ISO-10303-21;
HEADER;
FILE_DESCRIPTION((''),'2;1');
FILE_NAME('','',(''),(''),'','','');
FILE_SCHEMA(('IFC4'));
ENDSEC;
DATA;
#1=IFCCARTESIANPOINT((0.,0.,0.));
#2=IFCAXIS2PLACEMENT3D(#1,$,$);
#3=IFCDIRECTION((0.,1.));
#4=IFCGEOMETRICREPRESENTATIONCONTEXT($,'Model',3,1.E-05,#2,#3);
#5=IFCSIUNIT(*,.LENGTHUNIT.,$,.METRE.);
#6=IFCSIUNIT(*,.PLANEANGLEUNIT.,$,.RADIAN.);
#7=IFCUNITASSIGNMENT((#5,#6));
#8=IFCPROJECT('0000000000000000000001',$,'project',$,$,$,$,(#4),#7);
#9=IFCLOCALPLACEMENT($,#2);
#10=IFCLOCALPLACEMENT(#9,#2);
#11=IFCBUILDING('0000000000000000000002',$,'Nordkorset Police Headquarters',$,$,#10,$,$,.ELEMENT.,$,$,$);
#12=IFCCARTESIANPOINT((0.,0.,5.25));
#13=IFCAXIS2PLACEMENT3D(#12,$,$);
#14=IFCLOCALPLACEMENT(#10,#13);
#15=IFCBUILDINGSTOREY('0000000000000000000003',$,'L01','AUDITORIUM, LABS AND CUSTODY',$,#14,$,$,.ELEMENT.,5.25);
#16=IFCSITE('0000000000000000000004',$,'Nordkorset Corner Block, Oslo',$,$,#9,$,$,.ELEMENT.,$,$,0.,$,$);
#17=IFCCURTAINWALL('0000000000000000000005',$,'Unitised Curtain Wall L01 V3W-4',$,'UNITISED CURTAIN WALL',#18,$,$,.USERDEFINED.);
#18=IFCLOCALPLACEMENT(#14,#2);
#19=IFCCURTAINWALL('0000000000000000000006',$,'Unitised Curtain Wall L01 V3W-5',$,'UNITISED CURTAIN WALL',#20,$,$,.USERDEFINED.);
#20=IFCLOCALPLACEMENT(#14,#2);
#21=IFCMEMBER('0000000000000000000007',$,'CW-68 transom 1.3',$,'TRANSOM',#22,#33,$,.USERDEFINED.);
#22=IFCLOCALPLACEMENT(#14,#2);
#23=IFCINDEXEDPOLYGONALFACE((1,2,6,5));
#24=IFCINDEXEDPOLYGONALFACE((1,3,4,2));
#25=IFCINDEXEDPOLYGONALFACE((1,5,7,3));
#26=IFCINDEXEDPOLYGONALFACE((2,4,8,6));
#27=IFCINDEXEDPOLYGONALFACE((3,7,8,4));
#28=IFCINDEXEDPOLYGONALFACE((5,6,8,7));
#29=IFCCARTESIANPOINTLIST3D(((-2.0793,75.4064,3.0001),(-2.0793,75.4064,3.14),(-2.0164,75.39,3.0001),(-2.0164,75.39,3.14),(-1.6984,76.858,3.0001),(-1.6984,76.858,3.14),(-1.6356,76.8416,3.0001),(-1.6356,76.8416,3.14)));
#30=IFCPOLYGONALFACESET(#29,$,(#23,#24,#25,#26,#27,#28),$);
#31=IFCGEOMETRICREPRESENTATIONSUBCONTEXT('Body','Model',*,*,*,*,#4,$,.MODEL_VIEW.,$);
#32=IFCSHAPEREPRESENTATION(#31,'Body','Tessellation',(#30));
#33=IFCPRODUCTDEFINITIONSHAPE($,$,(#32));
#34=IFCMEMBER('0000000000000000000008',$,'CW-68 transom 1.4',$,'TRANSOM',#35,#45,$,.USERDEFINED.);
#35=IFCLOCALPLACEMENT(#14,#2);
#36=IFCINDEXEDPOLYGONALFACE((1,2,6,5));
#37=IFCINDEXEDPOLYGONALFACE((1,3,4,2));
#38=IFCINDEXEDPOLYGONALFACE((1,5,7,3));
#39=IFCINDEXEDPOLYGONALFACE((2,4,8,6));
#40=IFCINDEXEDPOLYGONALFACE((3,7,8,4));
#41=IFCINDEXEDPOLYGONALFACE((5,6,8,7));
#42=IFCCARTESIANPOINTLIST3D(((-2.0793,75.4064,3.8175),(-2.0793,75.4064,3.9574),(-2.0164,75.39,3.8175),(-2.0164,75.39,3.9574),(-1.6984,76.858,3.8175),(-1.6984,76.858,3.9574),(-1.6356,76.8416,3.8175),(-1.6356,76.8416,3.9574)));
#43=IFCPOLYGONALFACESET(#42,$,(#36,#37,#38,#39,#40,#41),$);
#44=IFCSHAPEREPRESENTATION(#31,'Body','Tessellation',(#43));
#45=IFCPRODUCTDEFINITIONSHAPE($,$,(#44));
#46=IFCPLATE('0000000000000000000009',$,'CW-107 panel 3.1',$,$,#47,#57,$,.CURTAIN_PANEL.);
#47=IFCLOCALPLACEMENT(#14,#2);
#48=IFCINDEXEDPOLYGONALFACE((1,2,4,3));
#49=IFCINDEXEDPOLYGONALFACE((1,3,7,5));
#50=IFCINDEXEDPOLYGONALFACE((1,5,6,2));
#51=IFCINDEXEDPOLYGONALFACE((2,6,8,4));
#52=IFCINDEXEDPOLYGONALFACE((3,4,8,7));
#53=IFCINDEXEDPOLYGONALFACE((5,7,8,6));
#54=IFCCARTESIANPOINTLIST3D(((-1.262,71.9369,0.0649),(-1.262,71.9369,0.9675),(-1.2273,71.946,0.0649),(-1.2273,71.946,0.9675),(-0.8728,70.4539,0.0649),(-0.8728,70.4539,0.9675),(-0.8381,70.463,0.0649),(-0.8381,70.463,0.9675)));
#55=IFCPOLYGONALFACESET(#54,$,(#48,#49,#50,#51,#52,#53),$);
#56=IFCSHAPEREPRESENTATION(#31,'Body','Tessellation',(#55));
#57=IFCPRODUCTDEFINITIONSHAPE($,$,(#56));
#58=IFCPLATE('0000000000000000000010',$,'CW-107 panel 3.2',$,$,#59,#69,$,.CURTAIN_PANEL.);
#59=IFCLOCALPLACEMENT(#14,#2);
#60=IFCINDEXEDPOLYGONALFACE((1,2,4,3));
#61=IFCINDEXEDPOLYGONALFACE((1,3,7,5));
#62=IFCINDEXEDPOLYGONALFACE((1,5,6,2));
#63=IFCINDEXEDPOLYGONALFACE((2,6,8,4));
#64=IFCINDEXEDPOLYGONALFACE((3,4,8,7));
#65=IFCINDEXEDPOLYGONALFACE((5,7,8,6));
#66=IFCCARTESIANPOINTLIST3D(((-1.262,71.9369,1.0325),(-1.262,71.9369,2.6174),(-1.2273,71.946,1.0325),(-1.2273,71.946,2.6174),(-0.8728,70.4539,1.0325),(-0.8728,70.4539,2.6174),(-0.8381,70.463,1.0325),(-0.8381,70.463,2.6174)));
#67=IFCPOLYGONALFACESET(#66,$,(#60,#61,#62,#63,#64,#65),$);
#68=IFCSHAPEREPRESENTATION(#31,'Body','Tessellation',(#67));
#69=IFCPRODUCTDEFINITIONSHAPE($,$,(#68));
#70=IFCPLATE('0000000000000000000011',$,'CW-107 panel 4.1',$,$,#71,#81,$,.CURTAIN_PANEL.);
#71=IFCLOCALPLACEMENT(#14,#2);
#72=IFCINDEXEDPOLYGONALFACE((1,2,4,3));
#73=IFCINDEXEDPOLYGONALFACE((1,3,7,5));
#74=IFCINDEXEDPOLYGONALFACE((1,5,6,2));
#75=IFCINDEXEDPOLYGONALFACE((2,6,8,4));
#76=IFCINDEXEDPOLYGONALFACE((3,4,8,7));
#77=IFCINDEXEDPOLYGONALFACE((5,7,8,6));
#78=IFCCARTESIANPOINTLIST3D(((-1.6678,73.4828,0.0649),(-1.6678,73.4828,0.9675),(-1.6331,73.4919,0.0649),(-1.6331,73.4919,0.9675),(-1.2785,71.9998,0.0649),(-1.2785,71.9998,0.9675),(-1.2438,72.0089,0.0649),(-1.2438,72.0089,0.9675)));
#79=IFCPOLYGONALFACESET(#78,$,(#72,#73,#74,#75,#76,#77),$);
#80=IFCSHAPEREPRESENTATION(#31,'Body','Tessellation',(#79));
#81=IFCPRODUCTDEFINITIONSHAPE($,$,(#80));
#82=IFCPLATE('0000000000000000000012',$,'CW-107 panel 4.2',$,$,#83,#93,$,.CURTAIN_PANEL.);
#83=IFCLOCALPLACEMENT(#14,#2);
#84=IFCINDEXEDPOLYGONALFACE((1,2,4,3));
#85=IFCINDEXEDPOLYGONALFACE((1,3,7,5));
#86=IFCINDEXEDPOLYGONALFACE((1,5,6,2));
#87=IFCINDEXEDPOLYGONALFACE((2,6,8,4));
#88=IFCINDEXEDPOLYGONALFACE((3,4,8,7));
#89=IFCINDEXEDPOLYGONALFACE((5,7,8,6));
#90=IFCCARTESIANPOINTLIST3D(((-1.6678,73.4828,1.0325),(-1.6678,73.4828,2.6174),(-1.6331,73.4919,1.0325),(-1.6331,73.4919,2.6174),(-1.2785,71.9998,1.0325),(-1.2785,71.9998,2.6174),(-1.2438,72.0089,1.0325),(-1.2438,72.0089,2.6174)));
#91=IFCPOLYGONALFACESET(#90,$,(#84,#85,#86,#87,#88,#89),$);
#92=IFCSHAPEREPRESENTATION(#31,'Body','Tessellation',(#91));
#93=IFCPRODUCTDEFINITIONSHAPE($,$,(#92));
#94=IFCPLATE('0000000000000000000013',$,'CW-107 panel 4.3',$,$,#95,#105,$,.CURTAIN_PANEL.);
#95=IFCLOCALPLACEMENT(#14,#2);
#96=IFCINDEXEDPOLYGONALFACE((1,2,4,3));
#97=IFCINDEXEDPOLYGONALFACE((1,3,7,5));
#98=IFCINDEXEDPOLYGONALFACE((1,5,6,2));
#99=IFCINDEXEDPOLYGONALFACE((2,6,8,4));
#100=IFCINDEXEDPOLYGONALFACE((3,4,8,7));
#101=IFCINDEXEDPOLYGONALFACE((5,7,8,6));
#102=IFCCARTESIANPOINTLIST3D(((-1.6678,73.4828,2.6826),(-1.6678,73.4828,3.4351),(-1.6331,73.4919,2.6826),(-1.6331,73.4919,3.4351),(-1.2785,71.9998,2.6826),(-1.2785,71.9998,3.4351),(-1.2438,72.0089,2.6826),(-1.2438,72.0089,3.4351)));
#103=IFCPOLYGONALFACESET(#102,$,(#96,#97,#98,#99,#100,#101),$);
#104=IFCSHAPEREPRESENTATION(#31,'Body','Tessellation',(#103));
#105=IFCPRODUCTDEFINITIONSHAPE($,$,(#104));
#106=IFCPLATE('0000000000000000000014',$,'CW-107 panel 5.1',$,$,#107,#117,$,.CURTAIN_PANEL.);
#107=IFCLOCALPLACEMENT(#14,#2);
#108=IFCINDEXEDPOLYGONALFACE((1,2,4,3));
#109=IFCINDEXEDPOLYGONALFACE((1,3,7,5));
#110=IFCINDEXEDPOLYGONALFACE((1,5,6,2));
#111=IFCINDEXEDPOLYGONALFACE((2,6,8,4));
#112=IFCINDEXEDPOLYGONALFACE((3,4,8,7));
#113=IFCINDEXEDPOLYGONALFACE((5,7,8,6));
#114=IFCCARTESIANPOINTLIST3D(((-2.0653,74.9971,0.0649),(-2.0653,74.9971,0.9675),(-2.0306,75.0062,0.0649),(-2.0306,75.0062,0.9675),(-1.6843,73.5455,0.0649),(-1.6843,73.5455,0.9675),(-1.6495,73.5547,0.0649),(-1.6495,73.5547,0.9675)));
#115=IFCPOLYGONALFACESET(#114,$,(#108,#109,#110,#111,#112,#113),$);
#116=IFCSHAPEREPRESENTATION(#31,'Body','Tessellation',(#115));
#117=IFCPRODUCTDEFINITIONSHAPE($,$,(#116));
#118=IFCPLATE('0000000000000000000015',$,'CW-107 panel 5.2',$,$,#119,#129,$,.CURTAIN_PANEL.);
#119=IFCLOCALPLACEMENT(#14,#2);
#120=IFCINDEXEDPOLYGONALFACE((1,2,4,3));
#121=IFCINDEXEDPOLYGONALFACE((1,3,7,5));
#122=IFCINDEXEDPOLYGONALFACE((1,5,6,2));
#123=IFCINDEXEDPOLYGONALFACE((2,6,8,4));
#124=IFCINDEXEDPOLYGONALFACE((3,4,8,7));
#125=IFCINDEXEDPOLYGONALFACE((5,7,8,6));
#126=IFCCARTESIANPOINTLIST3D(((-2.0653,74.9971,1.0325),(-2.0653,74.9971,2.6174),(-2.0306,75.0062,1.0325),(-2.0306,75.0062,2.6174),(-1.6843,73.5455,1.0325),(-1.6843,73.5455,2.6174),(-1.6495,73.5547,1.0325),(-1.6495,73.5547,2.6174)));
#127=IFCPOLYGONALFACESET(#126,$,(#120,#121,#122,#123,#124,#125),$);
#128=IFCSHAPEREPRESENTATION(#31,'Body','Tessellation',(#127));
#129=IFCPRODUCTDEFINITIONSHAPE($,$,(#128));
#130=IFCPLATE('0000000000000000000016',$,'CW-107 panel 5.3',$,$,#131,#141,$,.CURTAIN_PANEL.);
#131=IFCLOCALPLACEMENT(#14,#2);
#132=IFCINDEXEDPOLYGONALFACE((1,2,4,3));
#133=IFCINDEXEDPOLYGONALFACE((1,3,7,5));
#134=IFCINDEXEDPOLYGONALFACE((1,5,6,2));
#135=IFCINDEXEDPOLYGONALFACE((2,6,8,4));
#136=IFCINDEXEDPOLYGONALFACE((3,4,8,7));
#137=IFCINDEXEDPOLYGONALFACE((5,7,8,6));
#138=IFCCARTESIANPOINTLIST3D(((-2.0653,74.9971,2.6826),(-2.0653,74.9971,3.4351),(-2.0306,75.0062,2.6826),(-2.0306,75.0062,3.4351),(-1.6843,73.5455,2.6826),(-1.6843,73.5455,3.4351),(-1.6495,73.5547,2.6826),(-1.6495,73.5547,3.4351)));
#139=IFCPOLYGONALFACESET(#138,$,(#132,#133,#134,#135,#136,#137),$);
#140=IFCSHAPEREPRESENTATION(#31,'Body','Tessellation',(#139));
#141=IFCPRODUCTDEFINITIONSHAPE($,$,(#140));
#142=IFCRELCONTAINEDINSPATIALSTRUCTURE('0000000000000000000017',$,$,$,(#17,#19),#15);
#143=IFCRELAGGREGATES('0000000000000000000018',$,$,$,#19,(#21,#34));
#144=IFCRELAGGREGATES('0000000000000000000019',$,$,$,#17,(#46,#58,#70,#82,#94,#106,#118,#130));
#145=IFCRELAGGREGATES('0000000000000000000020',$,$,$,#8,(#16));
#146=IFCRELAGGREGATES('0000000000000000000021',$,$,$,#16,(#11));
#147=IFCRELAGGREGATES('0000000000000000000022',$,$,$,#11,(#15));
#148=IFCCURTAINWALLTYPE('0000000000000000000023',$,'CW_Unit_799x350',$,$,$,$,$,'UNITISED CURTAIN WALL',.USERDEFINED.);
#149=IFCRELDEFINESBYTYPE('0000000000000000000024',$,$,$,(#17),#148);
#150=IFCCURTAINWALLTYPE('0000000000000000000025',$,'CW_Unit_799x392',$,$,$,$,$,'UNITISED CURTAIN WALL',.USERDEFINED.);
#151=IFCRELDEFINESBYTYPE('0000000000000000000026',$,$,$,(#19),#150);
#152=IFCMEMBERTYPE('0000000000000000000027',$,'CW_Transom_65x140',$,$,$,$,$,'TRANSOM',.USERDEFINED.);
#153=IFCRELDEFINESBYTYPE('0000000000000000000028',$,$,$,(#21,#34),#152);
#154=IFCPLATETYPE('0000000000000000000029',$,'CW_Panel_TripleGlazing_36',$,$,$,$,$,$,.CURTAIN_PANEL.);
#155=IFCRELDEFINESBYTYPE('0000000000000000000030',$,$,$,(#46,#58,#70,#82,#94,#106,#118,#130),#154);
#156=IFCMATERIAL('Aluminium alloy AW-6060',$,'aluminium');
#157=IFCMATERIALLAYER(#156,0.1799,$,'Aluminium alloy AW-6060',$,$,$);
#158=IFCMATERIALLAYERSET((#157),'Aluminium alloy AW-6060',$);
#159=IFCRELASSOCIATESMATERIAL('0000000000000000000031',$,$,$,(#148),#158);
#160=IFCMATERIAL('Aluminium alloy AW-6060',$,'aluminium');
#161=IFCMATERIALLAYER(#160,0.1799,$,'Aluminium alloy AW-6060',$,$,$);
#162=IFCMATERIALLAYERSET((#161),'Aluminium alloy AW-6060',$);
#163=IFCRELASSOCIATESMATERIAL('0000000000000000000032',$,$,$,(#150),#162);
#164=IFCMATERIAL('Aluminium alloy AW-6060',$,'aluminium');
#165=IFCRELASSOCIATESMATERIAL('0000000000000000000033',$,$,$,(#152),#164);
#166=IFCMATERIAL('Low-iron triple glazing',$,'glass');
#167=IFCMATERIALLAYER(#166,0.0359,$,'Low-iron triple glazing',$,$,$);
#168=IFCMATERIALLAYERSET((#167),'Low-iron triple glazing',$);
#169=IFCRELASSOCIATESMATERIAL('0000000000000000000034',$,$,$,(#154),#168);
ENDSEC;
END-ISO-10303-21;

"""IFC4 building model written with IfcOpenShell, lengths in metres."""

from ifc_helpers import new_model, si_unit, direction, frame, origin, origin_2d, place, context, subcontext, project, spatial, rectangle, extrude, material, layer, layer_set, material_profile, profile_set, type_object, element, aggregate, save


model = new_model("IFC4")

# Units and contexts
model_context = context("Model", 3, precision=1e-05, world=origin(), true_north=direction((0.0, 1.0)))
body_context = subcontext(model_context, "Body", "Model", "MODEL_VIEW")
ifc_project = project(units=[si_unit("LENGTHUNIT", "METRE"), si_unit("PLANEANGLEUNIT", "RADIAN")], contexts=[model_context])

# Site, building, storey
site_placement = place(None, origin())
site = spatial("IfcSite", under=ifc_project, at=site_placement, Name="Nordkorset Corner Block, Oslo", CompositionType="ELEMENT", RefElevation=0.0)
building_placement = place(site_placement, origin())
building = spatial("IfcBuilding", under=site, at=building_placement, Name="Nordkorset Police Headquarters", CompositionType="ELEMENT")
storey_placement = place(building_placement, frame((0.0, 0.0, 5.25)))
storey = spatial("IfcBuildingStorey", under=building, at=storey_placement, Name="L01", Description="AUDITORIUM, LABS AND CUSTODY", CompositionType="ELEMENT", Elevation=5.25)

# Curtain wall
ifc_material_1 = material(Name="Aluminium alloy AW-6060", Category="aluminium")
ifc_layer_1 = layer(ifc_material_1, 0.1799, Name="Aluminium alloy AW-6060")
ifc_layer_set_1 = layer_set([ifc_layer_1], Name="Aluminium alloy AW-6060")
curtain_wall_type_1 = type_object("IfcCurtainWallType", Name="CW_Unit_799x350", ElementType="UNITISED CURTAIN WALL", PredefinedType="USERDEFINED", material=ifc_layer_set_1)
curtain_wall_1_placement = place(storey_placement, origin())
curtain_wall_1 = element("IfcCurtainWall", 1, at=curtain_wall_1_placement, inside=storey, type_object=curtain_wall_type_1, Name="Unitised Curtain Wall L01 V3W-4", ObjectType="UNITISED CURTAIN WALL", PredefinedType="USERDEFINED")

# Curtain wall
ifc_material_2 = material(Name="Aluminium alloy AW-6060", Category="aluminium")
ifc_layer_2 = layer(ifc_material_2, 0.1799, Name="Aluminium alloy AW-6060")
ifc_layer_set_2 = layer_set([ifc_layer_2], Name="Aluminium alloy AW-6060")
curtain_wall_type_2 = type_object("IfcCurtainWallType", Name="CW_Unit_799x392", ElementType="UNITISED CURTAIN WALL", PredefinedType="USERDEFINED", material=ifc_layer_set_2)
curtain_wall_2_placement = place(storey_placement, origin())
curtain_wall_2 = element("IfcCurtainWall", 2, at=curtain_wall_2_placement, inside=storey, type_object=curtain_wall_type_2, Name="Unitised Curtain Wall L01 V3W-5", ObjectType="UNITISED CURTAIN WALL", PredefinedType="USERDEFINED")

# Members
ifc_material_3 = material(Name="Aluminium alloy AW-6060", Category="aluminium")
ifc_material_profile_1 = material_profile(ifc_material_3, rectangle(XDim=0.0649, YDim=0.1399, at=origin_2d()), Name="ALU TRAN 65x140")
ifc_profile_set_1 = profile_set([ifc_material_profile_1], Name="Aluminium alloy AW-6060")
member_type_1 = type_object("IfcMemberType", Name="CW_Transom_65x140", ElementType="TRANSOM", PredefinedType="USERDEFINED", material=ifc_profile_set_1)
member_1_placement = place(storey_placement, frame((-2.0479, 75.3982, 3.0701), z_axis=(0.253773, 0.967264, 0.0), x_axis=(-0.967264, 0.253773, 0.0)))
member_1 = element("IfcMember", 3, at=member_1_placement, type_object=member_type_1, Name="CW-68 transom 1.3", ObjectType="TRANSOM", PredefinedType="USERDEFINED", context=body_context, shape_type="SweptSolid", body=[
    extrude(rectangle(XDim=0.0649, YDim=0.1399, at=origin_2d()), origin(), (0.0, 0.0, 1.0), 1.5007),
])
member_2_placement = place(storey_placement, frame((-2.0479, 75.3982, 3.8875), z_axis=(0.253773, 0.967264, 0.0), x_axis=(-0.967264, 0.253773, 0.0)))
member_2 = element("IfcMember", 4, at=member_2_placement, type_object=member_type_1, Name="CW-68 transom 1.4", ObjectType="TRANSOM", PredefinedType="USERDEFINED", context=body_context, shape_type="SweptSolid", body=[
    extrude(rectangle(XDim=0.0649, YDim=0.1399, at=origin_2d()), origin(), (0.0, 0.0, 1.0), 1.5007),
])
aggregate(curtain_wall_2, [member_1, member_2])

# Plates
ifc_material_4 = material(Name="Low-iron triple glazing", Category="glass")
ifc_layer_3 = layer(ifc_material_4, 0.0359, Name="Low-iron triple glazing")
ifc_layer_set_3 = layer_set([ifc_layer_3], Name="Low-iron triple glazing")
plate_type = type_object("IfcPlateType", Name="CW_Panel_TripleGlazing_36", PredefinedType="CURTAIN_PANEL", material=ifc_layer_set_3)
plate_1_placement = place(storey_placement, frame((-1.05, 71.2, 0.0649), z_axis=(0.0, 0.0, 1.0), x_axis=(-0.253897, 0.967231, 0.0)))
plate_1 = element("IfcPlate", 5, at=plate_1_placement, type_object=plate_type, Name="CW-107 panel 3.1", PredefinedType="CURTAIN_PANEL", context=body_context, shape_type="SweptSolid", body=[
    extrude(rectangle(XDim=1.5332, YDim=0.0359, at=origin_2d()), origin(), (0.0, 0.0, 1.0), 0.9026),
])
plate_2_placement = place(storey_placement, frame((-1.05, 71.2, 1.0325), z_axis=(0.0, 0.0, 1.0), x_axis=(-0.253897, 0.967231, 0.0)))
plate_2 = element("IfcPlate", 6, at=plate_2_placement, type_object=plate_type, Name="CW-107 panel 3.2", PredefinedType="CURTAIN_PANEL", context=body_context, shape_type="SweptSolid", body=[
    extrude(rectangle(XDim=1.5332, YDim=0.0359, at=origin_2d()), origin(), (0.0, 0.0, 1.0), 1.585),
])
plate_3_placement = place(storey_placement, frame((-1.4558, 72.7458, 0.0649), z_axis=(0.0, 0.0, 1.0), x_axis=(-0.253897, 0.967231, 0.0)))
plate_3 = element("IfcPlate", 7, at=plate_3_placement, type_object=plate_type, Name="CW-107 panel 4.1", PredefinedType="CURTAIN_PANEL", context=body_context, shape_type="SweptSolid", body=[
    extrude(rectangle(XDim=1.5332, YDim=0.0359, at=origin_2d()), origin(), (0.0, 0.0, 1.0), 0.9026),
])
plate_4_placement = place(storey_placement, frame((-1.4558, 72.7458, 1.0325), z_axis=(0.0, 0.0, 1.0), x_axis=(-0.253897, 0.967231, 0.0)))
plate_4 = element("IfcPlate", 8, at=plate_4_placement, type_object=plate_type, Name="CW-107 panel 4.2", PredefinedType="CURTAIN_PANEL", context=body_context, shape_type="SweptSolid", body=[
    extrude(rectangle(XDim=1.5332, YDim=0.0359, at=origin_2d()), origin(), (0.0, 0.0, 1.0), 1.585),
])
plate_5_placement = place(storey_placement, frame((-1.4558, 72.7458, 2.6826), z_axis=(0.0, 0.0, 1.0), x_axis=(-0.253897, 0.967231, 0.0)))
plate_5 = element("IfcPlate", 9, at=plate_5_placement, type_object=plate_type, Name="CW-107 panel 4.3", PredefinedType="CURTAIN_PANEL", context=body_context, shape_type="SweptSolid", body=[
    extrude(rectangle(XDim=1.5332, YDim=0.0359, at=origin_2d()), origin(), (0.0, 0.0, 1.0), 0.7524),
])
plate_6_placement = place(storey_placement, frame((-1.8574, 74.2759, 0.0649), z_axis=(0.0, 0.0, 1.0), x_axis=(-0.253897, 0.967231, 0.0)))
plate_6 = element("IfcPlate", 10, at=plate_6_placement, type_object=plate_type, Name="CW-107 panel 5.1", PredefinedType="CURTAIN_PANEL", context=body_context, shape_type="SweptSolid", body=[
    extrude(rectangle(XDim=1.5007, YDim=0.0359, at=origin_2d()), origin(), (0.0, 0.0, 1.0), 0.9026),
])
plate_7_placement = place(storey_placement, frame((-1.8574, 74.2759, 1.0325), z_axis=(0.0, 0.0, 1.0), x_axis=(-0.253897, 0.967231, 0.0)))
plate_7 = element("IfcPlate", 11, at=plate_7_placement, type_object=plate_type, Name="CW-107 panel 5.2", PredefinedType="CURTAIN_PANEL", context=body_context, shape_type="SweptSolid", body=[
    extrude(rectangle(XDim=1.5007, YDim=0.0359, at=origin_2d()), origin(), (0.0, 0.0, 1.0), 1.585),
])
plate_8_placement = place(storey_placement, frame((-1.8574, 74.2759, 2.6826), z_axis=(0.0, 0.0, 1.0), x_axis=(-0.253897, 0.967231, 0.0)))
plate_8 = element("IfcPlate", 12, at=plate_8_placement, type_object=plate_type, Name="CW-107 panel 5.3", PredefinedType="CURTAIN_PANEL", context=body_context, shape_type="SweptSolid", body=[
    extrude(rectangle(XDim=1.5007, YDim=0.0359, at=origin_2d()), origin(), (0.0, 0.0, 1.0), 0.7524),
])
aggregate(curtain_wall_1, [plate_1, plate_2, plate_3, plate_4, plate_5, plate_6, plate_7, plate_8])

save(model, "model.ifc")
